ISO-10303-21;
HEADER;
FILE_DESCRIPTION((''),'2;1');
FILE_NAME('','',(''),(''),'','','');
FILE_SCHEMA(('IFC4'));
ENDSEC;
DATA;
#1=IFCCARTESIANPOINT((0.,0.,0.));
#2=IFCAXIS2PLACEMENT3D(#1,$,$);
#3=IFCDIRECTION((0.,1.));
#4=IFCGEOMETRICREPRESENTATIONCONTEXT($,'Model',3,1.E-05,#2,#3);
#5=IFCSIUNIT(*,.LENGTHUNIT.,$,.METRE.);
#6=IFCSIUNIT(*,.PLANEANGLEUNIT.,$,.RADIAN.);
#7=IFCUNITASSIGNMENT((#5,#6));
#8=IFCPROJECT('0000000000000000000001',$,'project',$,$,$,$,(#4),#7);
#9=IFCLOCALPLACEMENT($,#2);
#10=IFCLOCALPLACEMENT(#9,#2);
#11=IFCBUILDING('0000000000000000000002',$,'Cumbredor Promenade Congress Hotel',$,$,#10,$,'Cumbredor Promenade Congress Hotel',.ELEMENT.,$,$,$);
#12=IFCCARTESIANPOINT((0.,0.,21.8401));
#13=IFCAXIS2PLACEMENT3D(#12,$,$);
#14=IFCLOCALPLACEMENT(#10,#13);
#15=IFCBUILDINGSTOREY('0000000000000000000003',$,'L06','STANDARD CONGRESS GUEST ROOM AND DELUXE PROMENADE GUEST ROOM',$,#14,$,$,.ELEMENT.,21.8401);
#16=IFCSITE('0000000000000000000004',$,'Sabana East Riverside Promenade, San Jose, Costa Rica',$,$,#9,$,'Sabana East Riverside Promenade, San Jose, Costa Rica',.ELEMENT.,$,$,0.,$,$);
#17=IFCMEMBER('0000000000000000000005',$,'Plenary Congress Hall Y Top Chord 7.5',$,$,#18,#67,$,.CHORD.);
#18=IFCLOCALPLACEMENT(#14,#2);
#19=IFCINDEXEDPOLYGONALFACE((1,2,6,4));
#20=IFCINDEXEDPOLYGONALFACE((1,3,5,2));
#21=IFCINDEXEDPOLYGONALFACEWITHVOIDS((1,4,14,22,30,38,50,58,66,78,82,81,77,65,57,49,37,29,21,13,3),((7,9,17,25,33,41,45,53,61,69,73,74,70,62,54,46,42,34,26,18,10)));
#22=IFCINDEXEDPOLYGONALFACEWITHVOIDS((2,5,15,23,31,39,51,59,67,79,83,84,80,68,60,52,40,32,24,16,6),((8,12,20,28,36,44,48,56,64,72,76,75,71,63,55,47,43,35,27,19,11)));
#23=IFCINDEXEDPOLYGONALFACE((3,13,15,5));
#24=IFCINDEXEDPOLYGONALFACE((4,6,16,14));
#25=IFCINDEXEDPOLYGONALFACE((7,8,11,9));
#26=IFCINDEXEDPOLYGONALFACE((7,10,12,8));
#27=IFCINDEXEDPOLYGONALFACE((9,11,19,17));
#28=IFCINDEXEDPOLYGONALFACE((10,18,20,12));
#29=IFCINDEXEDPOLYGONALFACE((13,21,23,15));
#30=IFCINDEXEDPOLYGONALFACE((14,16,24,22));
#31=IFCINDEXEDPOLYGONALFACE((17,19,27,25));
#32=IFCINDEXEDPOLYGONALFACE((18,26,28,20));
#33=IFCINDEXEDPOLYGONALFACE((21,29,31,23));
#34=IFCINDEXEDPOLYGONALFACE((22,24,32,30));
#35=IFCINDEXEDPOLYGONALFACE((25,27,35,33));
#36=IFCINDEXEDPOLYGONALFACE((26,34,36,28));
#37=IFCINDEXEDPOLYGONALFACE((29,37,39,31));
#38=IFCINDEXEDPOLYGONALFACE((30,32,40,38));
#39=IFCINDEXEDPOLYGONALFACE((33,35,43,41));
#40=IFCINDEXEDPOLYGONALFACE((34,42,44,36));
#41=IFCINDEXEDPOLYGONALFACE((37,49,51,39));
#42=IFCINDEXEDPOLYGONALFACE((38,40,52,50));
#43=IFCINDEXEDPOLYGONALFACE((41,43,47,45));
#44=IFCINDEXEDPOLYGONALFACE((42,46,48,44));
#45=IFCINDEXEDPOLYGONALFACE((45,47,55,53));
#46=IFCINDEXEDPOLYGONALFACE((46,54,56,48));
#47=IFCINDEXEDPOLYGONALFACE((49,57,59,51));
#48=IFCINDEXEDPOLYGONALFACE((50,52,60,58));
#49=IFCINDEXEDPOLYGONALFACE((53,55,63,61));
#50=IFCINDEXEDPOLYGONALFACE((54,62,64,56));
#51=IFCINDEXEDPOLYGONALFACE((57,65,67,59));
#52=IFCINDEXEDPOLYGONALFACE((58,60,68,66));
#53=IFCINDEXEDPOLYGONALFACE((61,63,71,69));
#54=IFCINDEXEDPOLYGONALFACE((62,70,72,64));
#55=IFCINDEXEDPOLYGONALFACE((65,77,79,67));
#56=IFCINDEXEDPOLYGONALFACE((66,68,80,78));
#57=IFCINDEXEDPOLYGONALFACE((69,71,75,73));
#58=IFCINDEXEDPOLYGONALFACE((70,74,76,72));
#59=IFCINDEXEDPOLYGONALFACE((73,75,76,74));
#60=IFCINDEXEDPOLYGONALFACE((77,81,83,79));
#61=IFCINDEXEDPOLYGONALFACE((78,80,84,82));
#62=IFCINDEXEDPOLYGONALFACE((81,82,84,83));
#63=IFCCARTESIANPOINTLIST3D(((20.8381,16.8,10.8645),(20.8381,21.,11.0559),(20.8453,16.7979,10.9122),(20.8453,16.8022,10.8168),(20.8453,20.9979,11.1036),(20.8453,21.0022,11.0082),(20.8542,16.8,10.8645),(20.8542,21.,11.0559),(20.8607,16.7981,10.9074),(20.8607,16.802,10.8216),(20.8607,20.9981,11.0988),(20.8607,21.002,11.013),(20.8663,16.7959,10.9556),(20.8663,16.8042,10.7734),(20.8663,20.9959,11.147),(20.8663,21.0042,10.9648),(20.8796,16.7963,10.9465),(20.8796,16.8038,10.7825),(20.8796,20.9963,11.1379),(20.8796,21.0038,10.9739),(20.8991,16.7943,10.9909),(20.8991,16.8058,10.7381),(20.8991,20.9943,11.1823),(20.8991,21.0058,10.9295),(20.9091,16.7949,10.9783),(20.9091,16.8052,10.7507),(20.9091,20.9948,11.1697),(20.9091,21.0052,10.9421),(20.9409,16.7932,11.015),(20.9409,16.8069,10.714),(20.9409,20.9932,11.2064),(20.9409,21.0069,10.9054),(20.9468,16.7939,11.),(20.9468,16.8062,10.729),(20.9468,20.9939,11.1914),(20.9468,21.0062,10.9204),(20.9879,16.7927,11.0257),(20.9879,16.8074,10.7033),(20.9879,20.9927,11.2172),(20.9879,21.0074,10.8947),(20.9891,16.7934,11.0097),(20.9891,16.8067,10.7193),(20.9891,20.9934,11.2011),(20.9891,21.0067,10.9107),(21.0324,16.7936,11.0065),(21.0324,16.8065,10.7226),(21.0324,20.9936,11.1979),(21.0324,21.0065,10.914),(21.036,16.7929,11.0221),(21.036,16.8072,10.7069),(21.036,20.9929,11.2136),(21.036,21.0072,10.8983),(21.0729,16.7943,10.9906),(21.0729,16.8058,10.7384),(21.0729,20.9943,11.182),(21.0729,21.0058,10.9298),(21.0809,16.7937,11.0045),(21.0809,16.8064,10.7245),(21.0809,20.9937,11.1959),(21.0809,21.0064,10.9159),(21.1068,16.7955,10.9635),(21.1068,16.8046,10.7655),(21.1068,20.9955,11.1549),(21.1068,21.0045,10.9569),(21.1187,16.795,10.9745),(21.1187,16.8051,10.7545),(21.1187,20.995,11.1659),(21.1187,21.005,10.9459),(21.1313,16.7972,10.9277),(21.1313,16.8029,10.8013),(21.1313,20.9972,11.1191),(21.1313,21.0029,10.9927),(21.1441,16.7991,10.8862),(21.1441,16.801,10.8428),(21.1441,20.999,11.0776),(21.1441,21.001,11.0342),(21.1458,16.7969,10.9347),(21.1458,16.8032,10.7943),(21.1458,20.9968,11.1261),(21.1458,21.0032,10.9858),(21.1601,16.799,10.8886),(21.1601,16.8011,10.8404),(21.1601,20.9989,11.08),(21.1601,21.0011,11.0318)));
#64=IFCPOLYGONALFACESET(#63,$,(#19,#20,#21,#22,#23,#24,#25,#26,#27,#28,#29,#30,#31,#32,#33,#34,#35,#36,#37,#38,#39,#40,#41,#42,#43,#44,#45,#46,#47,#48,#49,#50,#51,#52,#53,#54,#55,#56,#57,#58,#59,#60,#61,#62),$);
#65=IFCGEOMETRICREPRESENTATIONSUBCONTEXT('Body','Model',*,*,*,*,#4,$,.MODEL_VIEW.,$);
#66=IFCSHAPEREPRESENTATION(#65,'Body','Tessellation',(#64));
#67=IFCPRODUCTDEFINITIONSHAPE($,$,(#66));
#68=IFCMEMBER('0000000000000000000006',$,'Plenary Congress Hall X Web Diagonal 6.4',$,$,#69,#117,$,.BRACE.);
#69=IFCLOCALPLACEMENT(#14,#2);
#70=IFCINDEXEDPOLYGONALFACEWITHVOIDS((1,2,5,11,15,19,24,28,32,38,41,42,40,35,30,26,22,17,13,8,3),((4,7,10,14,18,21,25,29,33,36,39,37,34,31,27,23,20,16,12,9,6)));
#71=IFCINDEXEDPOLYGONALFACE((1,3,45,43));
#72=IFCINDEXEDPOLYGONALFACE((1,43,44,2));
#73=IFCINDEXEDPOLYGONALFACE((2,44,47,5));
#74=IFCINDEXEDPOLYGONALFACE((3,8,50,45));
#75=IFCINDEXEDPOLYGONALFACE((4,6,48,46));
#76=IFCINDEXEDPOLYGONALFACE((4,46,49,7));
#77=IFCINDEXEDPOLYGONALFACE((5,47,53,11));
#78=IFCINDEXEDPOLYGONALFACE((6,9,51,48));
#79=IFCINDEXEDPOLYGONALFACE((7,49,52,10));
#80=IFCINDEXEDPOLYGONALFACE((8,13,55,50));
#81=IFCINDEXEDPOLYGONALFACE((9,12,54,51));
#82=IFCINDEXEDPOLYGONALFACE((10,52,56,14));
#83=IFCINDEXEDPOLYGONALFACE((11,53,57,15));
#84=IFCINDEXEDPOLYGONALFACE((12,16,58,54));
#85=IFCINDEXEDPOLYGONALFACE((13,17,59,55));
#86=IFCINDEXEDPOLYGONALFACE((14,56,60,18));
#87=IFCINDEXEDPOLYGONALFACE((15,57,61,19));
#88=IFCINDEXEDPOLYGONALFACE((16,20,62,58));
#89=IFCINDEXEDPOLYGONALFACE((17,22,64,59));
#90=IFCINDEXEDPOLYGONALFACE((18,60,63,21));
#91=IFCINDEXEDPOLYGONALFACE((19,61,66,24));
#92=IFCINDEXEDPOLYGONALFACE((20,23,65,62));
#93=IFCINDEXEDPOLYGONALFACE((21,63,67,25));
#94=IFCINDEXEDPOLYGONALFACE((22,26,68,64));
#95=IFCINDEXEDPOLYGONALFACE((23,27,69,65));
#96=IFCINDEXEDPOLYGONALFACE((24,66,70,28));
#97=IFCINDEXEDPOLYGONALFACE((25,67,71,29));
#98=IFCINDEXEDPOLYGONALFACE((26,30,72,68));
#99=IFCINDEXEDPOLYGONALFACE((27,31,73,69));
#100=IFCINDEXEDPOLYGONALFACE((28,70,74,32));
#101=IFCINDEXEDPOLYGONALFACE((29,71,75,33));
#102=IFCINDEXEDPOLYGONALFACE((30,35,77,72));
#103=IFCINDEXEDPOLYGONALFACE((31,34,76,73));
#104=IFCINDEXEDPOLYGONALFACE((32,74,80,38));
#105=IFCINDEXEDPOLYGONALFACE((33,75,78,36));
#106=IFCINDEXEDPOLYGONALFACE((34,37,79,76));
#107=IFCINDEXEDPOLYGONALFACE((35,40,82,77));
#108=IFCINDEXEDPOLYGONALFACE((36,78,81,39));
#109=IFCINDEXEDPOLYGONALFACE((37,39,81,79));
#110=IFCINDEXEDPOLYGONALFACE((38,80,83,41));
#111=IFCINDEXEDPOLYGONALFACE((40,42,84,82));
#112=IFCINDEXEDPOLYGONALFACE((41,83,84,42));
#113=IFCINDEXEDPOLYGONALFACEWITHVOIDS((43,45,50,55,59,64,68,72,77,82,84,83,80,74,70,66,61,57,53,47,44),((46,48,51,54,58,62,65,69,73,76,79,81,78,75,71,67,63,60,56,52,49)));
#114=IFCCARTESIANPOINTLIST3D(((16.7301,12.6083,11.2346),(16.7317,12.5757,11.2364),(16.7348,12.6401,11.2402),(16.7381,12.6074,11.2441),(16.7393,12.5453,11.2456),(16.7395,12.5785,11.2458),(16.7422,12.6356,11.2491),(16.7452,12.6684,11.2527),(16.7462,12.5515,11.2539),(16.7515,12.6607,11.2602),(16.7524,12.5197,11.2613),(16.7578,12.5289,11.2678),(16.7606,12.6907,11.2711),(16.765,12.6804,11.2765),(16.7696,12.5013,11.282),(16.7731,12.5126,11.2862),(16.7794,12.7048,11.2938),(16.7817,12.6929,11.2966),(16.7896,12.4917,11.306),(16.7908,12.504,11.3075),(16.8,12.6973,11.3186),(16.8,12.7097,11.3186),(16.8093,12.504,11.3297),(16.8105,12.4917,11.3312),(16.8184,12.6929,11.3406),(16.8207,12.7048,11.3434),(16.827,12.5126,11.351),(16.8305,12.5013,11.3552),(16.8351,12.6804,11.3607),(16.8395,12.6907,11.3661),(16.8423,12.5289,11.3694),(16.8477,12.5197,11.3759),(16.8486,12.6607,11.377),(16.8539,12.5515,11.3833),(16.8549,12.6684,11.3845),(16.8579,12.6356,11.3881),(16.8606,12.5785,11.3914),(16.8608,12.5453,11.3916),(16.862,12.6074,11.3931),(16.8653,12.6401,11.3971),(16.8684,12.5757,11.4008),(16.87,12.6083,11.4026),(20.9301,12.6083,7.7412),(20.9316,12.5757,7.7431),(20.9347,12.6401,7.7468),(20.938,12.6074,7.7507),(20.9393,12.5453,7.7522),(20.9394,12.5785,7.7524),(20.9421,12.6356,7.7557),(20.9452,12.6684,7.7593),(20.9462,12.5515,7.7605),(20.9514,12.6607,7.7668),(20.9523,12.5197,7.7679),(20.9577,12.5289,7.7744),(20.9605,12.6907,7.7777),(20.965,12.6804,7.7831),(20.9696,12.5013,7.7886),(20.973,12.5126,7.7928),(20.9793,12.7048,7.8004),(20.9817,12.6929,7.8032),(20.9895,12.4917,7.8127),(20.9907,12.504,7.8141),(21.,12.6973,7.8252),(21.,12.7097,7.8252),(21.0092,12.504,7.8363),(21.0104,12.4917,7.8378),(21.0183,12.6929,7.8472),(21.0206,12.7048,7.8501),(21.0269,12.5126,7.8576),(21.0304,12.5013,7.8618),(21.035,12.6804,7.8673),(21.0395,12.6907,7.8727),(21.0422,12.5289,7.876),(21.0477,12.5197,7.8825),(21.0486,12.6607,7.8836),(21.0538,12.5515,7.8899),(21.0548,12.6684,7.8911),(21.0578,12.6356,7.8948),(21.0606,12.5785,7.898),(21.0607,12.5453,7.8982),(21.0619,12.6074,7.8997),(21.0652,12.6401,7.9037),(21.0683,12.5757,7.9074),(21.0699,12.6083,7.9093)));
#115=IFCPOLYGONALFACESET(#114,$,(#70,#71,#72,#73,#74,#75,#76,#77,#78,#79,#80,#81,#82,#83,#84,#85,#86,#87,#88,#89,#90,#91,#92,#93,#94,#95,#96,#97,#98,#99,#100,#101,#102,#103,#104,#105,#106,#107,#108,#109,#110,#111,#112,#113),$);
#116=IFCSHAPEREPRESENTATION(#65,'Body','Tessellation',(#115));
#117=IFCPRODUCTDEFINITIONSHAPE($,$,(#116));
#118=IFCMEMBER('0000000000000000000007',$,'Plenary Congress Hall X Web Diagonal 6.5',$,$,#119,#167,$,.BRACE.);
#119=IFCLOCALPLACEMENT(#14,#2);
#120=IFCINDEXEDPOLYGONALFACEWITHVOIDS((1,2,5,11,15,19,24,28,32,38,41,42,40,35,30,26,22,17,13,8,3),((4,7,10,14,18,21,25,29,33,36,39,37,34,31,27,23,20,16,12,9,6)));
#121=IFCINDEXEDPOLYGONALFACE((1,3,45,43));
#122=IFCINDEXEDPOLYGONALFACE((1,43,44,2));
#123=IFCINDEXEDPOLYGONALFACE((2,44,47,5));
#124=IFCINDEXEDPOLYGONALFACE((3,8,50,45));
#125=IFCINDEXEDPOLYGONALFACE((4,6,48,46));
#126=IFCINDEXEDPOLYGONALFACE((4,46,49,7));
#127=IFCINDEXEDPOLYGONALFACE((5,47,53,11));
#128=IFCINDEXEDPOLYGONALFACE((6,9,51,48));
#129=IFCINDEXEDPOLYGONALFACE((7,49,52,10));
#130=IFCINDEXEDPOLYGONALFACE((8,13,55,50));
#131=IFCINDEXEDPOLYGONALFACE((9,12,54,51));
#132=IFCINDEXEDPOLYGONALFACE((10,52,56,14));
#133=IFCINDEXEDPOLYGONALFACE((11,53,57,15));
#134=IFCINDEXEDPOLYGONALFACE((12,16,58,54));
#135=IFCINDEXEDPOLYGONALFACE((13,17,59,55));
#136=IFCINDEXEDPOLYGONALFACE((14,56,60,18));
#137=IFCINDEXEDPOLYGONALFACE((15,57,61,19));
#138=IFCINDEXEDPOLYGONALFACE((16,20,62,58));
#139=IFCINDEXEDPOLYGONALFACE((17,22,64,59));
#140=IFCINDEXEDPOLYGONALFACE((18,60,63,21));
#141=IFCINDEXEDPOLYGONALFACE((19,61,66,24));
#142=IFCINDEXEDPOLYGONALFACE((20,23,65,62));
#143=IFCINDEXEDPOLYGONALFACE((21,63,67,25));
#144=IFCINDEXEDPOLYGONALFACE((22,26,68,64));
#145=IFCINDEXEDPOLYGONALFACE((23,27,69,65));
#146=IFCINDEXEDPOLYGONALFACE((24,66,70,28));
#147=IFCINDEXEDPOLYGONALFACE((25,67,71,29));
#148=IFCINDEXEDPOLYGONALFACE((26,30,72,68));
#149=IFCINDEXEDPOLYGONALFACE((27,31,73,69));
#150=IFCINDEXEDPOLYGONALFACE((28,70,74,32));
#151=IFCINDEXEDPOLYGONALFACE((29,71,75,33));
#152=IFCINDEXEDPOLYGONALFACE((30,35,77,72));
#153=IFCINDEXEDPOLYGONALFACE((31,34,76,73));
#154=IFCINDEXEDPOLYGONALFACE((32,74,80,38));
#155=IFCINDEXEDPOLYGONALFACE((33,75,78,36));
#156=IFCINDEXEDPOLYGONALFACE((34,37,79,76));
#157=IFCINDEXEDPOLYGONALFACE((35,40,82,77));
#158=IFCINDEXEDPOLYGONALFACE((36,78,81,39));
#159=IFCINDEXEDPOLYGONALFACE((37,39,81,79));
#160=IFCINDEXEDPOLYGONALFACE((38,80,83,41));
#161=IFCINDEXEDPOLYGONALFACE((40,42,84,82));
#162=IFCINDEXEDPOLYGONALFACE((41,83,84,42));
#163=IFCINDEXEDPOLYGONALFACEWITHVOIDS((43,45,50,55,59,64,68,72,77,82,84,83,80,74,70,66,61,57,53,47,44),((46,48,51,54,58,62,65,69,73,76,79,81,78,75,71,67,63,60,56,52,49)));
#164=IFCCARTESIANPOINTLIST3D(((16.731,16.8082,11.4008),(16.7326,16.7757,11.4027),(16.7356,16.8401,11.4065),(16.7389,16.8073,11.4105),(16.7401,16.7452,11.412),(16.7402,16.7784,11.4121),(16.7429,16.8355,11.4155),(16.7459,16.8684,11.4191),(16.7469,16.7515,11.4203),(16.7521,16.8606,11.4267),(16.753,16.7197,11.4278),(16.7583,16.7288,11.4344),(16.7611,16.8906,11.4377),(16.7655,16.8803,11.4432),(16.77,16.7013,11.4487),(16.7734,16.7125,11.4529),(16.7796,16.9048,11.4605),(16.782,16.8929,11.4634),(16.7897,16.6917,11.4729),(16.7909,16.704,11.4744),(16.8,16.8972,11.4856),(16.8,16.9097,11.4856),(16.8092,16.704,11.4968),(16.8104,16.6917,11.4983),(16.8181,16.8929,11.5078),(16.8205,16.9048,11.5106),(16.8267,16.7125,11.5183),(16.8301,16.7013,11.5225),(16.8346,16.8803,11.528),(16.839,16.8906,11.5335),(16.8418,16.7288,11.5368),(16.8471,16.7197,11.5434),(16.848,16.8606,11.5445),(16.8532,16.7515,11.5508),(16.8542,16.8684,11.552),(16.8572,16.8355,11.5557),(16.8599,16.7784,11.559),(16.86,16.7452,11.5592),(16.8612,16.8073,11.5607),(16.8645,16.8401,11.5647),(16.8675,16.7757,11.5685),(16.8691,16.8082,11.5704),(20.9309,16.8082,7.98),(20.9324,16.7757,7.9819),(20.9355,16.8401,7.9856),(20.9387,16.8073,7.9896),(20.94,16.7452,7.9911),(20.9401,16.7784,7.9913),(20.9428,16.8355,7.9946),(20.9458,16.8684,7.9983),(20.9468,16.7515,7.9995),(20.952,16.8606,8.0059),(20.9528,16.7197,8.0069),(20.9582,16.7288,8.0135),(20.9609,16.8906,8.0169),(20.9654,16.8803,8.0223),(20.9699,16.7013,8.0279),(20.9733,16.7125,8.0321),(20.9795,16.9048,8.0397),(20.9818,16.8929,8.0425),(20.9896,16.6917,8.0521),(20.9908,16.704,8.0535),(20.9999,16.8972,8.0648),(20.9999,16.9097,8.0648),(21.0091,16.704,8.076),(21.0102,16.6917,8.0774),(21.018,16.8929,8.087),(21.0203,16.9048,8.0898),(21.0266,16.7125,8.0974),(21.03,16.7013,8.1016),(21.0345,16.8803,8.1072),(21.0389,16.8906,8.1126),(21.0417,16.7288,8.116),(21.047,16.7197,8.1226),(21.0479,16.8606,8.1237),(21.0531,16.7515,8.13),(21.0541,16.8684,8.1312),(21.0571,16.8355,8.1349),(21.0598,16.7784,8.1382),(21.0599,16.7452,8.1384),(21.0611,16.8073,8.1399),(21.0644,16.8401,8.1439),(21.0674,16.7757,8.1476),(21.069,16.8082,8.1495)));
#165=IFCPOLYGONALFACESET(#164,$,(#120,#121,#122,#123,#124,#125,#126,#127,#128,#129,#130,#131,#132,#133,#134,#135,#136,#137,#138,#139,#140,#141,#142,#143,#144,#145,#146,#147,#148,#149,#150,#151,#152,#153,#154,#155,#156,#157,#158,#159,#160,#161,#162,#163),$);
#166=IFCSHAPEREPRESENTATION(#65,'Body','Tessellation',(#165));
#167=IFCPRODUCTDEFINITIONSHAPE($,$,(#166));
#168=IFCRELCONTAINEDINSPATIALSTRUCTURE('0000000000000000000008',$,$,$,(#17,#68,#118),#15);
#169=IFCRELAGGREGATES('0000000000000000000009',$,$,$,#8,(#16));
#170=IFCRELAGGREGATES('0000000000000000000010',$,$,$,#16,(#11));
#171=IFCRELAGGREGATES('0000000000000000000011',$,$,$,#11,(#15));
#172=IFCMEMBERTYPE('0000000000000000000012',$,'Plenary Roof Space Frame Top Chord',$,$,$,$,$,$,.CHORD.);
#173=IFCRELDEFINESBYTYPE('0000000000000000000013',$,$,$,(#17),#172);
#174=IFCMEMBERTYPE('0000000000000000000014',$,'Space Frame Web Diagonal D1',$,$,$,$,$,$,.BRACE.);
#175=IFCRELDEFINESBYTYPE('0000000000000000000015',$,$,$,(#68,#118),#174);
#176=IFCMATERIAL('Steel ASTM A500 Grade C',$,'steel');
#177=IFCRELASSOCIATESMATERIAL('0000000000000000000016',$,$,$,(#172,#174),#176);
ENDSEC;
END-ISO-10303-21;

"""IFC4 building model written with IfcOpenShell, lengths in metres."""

from ifc_helpers import new_model, si_unit, direction, frame, origin, origin_2d, place, context, subcontext, project, spatial, hollow_circle, extrude, material, material_profile, profile_set, type_object, element, save


model = new_model("IFC4")

# Units and contexts
model_context = context("Model", 3, precision=1e-05, world=origin(), true_north=direction((0.0, 1.0)))
body_context = subcontext(model_context, "Body", "Model", "MODEL_VIEW")
ifc_project = project(units=[si_unit("LENGTHUNIT", "METRE"), si_unit("PLANEANGLEUNIT", "RADIAN")], contexts=[model_context])

# Site, building, storey
site_placement = place(None, origin())
site = spatial("IfcSite", under=ifc_project, at=site_placement, Name="Sabana East Riverside Promenade, San Jose, Costa Rica", LongName="Sabana East Riverside Promenade, San Jose, Costa Rica", CompositionType="ELEMENT", RefElevation=0.0)
building_placement = place(site_placement, origin())
building = spatial("IfcBuilding", under=site, at=building_placement, Name="Cumbredor Promenade Congress Hotel", LongName="Cumbredor Promenade Congress Hotel", CompositionType="ELEMENT")
storey_placement = place(building_placement, frame((0.0, 0.0, 21.8401)))
storey = spatial("IfcBuildingStorey", under=building, at=storey_placement, Name="L06", Description="STANDARD CONGRESS GUEST ROOM AND DELUXE PROMENADE GUEST ROOM", CompositionType="ELEMENT", Elevation=21.8401)

# Members
ifc_material_1 = material(Name="Steel ASTM A500 Grade C", Category="steel")
ifc_material_profile_1 = material_profile(ifc_material_1, hollow_circle(Radius=0.1619, WallThickness=0.0161, at=origin_2d()), Name="CHS 323.9x16")
ifc_profile_set_1 = profile_set([ifc_material_profile_1], Name="Steel ASTM A500 Grade C")
member_type_1 = type_object("IfcMemberType", Name="Plenary Roof Space Frame Top Chord", PredefinedType="CHORD", material=ifc_profile_set_1)
member_1_placement = place(storey_placement, frame((21.0, 16.8, 10.8645), z_axis=(0.0, 0.998963, 0.045526), x_axis=(-1.0, 0.0, 0.0)))
element("IfcMember", 1, at=member_1_placement, inside=storey, type_object=member_type_1, Name="Plenary Congress Hall Y Top Chord 7.5", PredefinedType="CHORD", context=body_context, shape_type="SweptSolid", body=[
    extrude(hollow_circle(Radius=0.1619, WallThickness=0.0161, at=origin_2d()), origin(), (0.0, 0.0, 1.0), 4.2043),
])
ifc_material_profile_2 = material_profile(ifc_material_1, hollow_circle(Radius=0.1096, WallThickness=0.0125, at=origin_2d()), Name="CHS 219.1x12.5")
ifc_profile_set_2 = profile_set([ifc_material_profile_2], Name="Steel ASTM A500 Grade C")
member_type_2 = type_object("IfcMemberType", Name="Space Frame Web Diagonal D1", PredefinedType="BRACE", material=ifc_profile_set_2)
member_2_placement = place(storey_placement, frame((16.8, 12.6001, 11.3186), z_axis=(0.768811, 0.0, -0.639476), x_axis=(0.0, 1.0, 0.0)))
element("IfcMember", 2, at=member_2_placement, inside=storey, type_object=member_type_2, Name="Plenary Congress Hall X Web Diagonal 6.4", PredefinedType="BRACE", context=body_context, shape_type="SweptSolid", body=[
    extrude(hollow_circle(Radius=0.1096, WallThickness=0.0125, at=origin_2d()), origin(), (0.0, 0.0, 1.0), 5.4629),
])
member_3_placement = place(storey_placement, frame((16.8, 16.8, 11.4856), z_axis=(0.775351, 0.0, -0.63153), x_axis=(0.0, 1.0, 0.0)))
element("IfcMember", 3, at=member_3_placement, inside=storey, type_object=member_type_2, Name="Plenary Congress Hall X Web Diagonal 6.5", PredefinedType="BRACE", context=body_context, shape_type="SweptSolid", body=[
    extrude(hollow_circle(Radius=0.1096, WallThickness=0.0125, at=origin_2d()), origin(), (0.0, 0.0, 1.0), 5.4167),
])

save(model, "model.ifc")
